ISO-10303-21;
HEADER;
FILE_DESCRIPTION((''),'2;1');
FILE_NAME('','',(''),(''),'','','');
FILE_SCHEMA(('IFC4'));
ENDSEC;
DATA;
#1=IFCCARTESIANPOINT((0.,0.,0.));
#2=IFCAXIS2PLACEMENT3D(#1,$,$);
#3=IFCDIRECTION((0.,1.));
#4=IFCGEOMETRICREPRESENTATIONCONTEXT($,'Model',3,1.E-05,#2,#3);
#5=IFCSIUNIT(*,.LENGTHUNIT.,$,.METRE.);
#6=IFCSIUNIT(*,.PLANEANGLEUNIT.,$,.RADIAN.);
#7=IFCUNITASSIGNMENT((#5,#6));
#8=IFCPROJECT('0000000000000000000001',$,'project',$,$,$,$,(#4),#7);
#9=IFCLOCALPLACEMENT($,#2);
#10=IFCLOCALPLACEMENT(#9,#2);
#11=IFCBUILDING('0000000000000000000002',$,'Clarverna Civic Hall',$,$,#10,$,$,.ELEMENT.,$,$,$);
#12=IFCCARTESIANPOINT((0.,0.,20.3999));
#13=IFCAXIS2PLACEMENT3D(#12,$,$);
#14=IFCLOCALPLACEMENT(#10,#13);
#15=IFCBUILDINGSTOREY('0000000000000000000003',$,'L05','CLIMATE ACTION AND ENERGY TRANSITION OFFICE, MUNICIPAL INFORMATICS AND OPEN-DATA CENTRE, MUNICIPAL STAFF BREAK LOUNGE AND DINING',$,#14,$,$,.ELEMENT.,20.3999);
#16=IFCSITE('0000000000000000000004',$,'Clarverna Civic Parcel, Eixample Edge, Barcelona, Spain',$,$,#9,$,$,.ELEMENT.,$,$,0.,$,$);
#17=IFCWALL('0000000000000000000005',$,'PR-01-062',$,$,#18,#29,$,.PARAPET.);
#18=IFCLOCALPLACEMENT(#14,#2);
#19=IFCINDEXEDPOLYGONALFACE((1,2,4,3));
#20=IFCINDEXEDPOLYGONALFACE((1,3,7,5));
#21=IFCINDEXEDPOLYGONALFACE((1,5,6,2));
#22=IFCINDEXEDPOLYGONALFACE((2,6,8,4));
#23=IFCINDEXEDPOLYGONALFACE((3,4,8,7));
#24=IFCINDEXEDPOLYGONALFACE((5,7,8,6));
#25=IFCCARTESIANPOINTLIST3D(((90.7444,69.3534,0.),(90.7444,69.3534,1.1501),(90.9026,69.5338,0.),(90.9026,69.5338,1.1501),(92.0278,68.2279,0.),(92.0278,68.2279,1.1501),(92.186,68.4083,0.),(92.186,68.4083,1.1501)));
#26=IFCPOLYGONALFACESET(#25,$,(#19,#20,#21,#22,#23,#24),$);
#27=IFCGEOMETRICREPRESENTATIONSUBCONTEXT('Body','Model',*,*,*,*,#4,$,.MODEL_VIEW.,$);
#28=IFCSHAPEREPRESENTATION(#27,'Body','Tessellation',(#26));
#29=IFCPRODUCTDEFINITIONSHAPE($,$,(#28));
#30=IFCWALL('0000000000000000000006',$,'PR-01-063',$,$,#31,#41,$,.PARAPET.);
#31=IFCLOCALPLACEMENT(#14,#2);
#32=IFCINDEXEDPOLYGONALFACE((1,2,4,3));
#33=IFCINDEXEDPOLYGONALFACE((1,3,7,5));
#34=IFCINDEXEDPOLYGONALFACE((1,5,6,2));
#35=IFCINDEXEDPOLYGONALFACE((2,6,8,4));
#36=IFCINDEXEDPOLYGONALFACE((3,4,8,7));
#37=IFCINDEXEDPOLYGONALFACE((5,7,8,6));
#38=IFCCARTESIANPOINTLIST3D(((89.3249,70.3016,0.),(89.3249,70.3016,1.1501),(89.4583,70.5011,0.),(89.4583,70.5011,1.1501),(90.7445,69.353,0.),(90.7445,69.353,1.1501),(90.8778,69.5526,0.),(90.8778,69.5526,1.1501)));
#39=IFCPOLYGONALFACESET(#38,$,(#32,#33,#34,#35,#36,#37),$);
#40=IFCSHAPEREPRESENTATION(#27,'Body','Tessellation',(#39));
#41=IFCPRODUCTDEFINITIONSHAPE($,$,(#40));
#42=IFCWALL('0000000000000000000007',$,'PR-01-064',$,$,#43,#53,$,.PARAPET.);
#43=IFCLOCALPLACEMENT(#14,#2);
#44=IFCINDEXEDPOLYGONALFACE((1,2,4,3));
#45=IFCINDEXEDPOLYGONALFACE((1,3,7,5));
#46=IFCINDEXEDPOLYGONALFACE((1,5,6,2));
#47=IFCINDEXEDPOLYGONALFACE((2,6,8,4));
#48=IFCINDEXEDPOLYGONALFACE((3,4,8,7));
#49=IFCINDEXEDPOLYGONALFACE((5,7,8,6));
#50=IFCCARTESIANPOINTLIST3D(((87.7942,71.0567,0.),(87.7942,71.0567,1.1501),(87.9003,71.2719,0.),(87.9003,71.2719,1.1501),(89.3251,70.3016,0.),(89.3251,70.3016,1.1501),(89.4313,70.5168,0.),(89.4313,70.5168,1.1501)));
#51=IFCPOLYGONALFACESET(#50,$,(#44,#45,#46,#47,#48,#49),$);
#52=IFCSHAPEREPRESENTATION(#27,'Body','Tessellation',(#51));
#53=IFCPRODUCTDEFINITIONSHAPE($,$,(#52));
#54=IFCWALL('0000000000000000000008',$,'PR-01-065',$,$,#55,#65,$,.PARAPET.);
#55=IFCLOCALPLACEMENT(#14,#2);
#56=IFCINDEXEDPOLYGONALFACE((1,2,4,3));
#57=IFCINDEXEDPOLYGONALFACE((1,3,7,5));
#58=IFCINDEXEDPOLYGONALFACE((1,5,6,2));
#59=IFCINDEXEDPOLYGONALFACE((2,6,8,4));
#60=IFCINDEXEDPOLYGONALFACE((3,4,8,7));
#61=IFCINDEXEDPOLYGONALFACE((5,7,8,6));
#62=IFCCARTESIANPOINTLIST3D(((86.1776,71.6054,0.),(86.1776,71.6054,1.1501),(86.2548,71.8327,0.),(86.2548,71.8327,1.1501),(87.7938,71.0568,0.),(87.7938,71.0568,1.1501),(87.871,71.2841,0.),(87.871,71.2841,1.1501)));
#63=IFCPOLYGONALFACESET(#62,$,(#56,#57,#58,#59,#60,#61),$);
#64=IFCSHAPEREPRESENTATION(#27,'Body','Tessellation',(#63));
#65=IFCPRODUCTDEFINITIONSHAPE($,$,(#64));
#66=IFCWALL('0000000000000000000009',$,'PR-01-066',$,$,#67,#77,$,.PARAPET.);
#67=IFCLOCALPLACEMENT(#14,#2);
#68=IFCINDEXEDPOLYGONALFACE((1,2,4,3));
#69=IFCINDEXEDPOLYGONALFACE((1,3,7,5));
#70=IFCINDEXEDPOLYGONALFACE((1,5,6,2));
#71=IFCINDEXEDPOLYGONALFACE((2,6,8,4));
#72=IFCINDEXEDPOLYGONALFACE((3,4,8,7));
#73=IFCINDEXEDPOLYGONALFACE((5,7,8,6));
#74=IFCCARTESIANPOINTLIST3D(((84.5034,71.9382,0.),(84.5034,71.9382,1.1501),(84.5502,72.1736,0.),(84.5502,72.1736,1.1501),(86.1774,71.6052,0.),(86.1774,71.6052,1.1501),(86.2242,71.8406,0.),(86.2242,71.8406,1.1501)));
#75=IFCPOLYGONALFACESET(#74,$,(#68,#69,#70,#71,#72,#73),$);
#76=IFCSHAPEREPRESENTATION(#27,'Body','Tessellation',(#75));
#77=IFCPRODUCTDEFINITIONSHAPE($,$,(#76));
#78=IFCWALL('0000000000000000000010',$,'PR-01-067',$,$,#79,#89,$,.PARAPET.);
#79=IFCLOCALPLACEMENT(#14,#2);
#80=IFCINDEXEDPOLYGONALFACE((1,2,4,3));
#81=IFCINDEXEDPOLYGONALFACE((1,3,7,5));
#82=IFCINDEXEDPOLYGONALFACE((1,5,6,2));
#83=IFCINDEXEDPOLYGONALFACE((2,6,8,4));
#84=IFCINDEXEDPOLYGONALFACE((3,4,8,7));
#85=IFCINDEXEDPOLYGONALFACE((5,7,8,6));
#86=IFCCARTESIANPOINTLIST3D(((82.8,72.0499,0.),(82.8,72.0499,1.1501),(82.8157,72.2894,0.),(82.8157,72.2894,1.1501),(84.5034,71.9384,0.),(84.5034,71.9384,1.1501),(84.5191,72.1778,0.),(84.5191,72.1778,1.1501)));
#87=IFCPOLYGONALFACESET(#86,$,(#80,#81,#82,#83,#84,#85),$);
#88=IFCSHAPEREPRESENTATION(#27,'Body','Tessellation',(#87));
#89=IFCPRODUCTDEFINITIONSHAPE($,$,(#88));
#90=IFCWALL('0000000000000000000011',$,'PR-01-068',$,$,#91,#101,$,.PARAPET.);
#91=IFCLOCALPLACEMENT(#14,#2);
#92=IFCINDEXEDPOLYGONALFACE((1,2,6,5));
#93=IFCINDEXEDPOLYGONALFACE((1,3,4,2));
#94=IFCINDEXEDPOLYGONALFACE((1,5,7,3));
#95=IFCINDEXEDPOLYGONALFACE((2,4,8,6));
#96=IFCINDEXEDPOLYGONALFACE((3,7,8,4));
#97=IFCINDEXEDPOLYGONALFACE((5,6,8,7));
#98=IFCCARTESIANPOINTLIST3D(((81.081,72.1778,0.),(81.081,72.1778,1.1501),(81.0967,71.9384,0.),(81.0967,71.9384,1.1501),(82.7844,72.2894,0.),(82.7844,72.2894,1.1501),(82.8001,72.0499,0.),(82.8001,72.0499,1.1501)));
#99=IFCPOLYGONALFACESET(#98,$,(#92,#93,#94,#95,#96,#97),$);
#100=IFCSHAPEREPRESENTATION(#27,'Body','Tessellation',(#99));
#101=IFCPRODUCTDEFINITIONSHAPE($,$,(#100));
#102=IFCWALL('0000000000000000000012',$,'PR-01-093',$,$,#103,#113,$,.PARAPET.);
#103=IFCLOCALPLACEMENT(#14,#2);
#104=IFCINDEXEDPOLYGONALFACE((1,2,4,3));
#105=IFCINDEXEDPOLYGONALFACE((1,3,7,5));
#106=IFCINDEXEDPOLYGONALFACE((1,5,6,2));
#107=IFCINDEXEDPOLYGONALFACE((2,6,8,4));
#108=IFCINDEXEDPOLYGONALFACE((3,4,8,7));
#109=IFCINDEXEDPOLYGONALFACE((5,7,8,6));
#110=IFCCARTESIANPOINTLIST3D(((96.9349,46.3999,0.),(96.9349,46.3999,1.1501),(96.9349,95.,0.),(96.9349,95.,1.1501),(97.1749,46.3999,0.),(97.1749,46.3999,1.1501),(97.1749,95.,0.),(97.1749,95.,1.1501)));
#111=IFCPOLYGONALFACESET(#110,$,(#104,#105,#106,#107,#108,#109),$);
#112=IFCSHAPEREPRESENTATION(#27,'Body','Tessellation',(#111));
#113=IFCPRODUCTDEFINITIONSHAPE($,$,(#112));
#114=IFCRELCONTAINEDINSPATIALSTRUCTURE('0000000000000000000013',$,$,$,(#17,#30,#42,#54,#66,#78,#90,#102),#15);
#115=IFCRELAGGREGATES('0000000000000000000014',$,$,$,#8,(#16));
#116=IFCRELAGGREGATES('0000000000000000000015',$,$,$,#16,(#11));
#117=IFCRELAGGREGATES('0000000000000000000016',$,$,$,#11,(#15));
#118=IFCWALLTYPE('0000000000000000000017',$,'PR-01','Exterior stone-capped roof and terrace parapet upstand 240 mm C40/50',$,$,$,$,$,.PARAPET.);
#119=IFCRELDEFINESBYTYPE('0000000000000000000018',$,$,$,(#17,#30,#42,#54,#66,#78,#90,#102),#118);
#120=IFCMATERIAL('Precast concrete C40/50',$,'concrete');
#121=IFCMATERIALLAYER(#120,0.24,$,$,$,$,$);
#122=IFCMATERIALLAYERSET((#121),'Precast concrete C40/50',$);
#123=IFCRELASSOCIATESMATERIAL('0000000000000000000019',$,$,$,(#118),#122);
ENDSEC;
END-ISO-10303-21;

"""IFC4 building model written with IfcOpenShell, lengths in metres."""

from ifc_helpers import new_model, si_unit, direction, frame, frame_2d, origin, place, context, subcontext, project, spatial, rectangle, extrude, material, layer, layer_set, type_object, element, save


model = new_model("IFC4")

# Units and contexts
model_context = context("Model", 3, precision=1e-05, world=origin(), true_north=direction((0.0, 1.0)))
body_context = subcontext(model_context, "Body", "Model", "MODEL_VIEW")
ifc_project = project(units=[si_unit("LENGTHUNIT", "METRE"), si_unit("PLANEANGLEUNIT", "RADIAN")], contexts=[model_context])

# Site, building, storey
site_placement = place(None, origin())
site = spatial("IfcSite", under=ifc_project, at=site_placement, Name="Clarverna Civic Parcel, Eixample Edge, Barcelona, Spain", CompositionType="ELEMENT", RefElevation=0.0)
building_placement = place(site_placement, origin())
building = spatial("IfcBuilding", under=site, at=building_placement, Name="Clarverna Civic Hall", CompositionType="ELEMENT")
storey_placement = place(building_placement, frame((0.0, 0.0, 20.3999)))
storey = spatial("IfcBuildingStorey", under=building, at=storey_placement, Name="L05", Description="CLIMATE ACTION AND ENERGY TRANSITION OFFICE, MUNICIPAL INFORMATICS AND OPEN-DATA CENTRE, MUNICIPAL STAFF BREAK LOUNGE AND DINING", CompositionType="ELEMENT", Elevation=20.3999)

# Shared definitions
ifc_material_1 = material(Name="Precast concrete C40/50", Category="concrete")

# Walls
ifc_layer_1 = layer(ifc_material_1, 0.24)
ifc_layer_set_1 = layer_set([ifc_layer_1], Name="Precast concrete C40/50")
wall_type_1 = type_object("IfcWallType", Name="PR-01", Description="Exterior stone-capped roof and terrace parapet upstand 240 mm C40/50", PredefinedType="PARAPET", material=ifc_layer_set_1)
for number, where, z_axis, x_axis, name in (
    (1, (92.1069, 68.3181, 0.0), (0.0, 0.0, 1.0), (-0.751859, 0.659324, 0.0), "PR-01-062"),
):
    element("IfcWall", number, at=place(storey_placement, frame(where, z_axis=z_axis, x_axis=x_axis)), inside=storey, type_object=wall_type_1, Name=name, PredefinedType="PARAPET", context=body_context, shape_type="SweptSolid", body=[
        extrude(rectangle(XDim=1.707, YDim=0.24, at=frame_2d((0.8535, 0.0))), origin(), (0.0, 0.0, 1.0), 1.1501),
    ])
wall_1_placement = place(storey_placement, frame((90.811, 69.4529, 0.0), z_axis=(0.0, 0.0, 1.0), x_axis=(-0.831456, 0.555591, 0.0)))
element("IfcWall", 2, at=wall_1_placement, inside=storey, type_object=wall_type_1, Name="PR-01-063", PredefinedType="PARAPET", context=body_context, shape_type="SweptSolid", body=[
    extrude(rectangle(XDim=1.7073, YDim=0.24, at=frame_2d((0.8535, 0.0))), origin(), (0.0, 0.0, 1.0), 1.1501),
])
wall_2_placement = place(storey_placement, frame((89.3782, 70.4092, 0.0), z_axis=(0.0, 0.0, 1.0), x_axis=(-0.896845, 0.442344, 0.0)))
element("IfcWall", 3, at=wall_2_placement, inside=storey, type_object=wall_type_1, Name="PR-01-064", PredefinedType="PARAPET", context=body_context, shape_type="SweptSolid", body=[
    extrude(rectangle(XDim=1.707, YDim=0.24, at=frame_2d((0.8535, 0.0))), origin(), (0.0, 0.0, 1.0), 1.1501),
])
for number, where, z_axis, x_axis, name in (
    (4, (87.8325, 71.1704, 0.0), (0.0, 0.0, 1.0), (-0.946938, 0.321415, 0.0), "PR-01-065"),
    (5, (86.2009, 71.7229, 0.0), (0.0, 0.0, 1.0), (-0.980784, 0.195098, 0.0), "PR-01-066"),
):
    element("IfcWall", number, at=place(storey_placement, frame(where, z_axis=z_axis, x_axis=x_axis)), inside=storey, type_object=wall_type_1, Name=name, PredefinedType="PARAPET", context=body_context, shape_type="SweptSolid", body=[
        extrude(rectangle(XDim=1.7068, YDim=0.24, at=frame_2d((0.8535, 0.0))), origin(), (0.0, 0.0, 1.0), 1.1501),
    ])
for number, where, z_axis, x_axis, name in (
    (6, (84.5112, 72.0581, 0.0), (0.0, 0.0, 1.0), (-0.997862, 0.065361, 0.0), "PR-01-067"),
    (7, (82.7922, 72.1697, 0.0), (0.0, 0.0, 1.0), (-0.997862, -0.065361, 0.0), "PR-01-068"),
):
    element("IfcWall", number, at=place(storey_placement, frame(where, z_axis=z_axis, x_axis=x_axis)), inside=storey, type_object=wall_type_1, Name=name, PredefinedType="PARAPET", context=body_context, shape_type="SweptSolid", body=[
        extrude(rectangle(XDim=1.707, YDim=0.24, at=frame_2d((0.8535, 0.0))), origin(), (0.0, 0.0, 1.0), 1.1501),
    ])
wall_3_placement = place(storey_placement, frame((97.0549, 95.0, 0.0), z_axis=(0.0, 0.0, 1.0), x_axis=(0.0, -1.0, 0.0)))
element("IfcWall", 8, at=wall_3_placement, inside=storey, type_object=wall_type_1, Name="PR-01-093", PredefinedType="PARAPET", context=body_context, shape_type="SweptSolid", body=[
    extrude(rectangle(XDim=48.6001, YDim=0.24, at=frame_2d((24.3, 0.0))), origin(), (0.0, 0.0, 1.0), 1.1501),
])

save(model, "model.ifc")
